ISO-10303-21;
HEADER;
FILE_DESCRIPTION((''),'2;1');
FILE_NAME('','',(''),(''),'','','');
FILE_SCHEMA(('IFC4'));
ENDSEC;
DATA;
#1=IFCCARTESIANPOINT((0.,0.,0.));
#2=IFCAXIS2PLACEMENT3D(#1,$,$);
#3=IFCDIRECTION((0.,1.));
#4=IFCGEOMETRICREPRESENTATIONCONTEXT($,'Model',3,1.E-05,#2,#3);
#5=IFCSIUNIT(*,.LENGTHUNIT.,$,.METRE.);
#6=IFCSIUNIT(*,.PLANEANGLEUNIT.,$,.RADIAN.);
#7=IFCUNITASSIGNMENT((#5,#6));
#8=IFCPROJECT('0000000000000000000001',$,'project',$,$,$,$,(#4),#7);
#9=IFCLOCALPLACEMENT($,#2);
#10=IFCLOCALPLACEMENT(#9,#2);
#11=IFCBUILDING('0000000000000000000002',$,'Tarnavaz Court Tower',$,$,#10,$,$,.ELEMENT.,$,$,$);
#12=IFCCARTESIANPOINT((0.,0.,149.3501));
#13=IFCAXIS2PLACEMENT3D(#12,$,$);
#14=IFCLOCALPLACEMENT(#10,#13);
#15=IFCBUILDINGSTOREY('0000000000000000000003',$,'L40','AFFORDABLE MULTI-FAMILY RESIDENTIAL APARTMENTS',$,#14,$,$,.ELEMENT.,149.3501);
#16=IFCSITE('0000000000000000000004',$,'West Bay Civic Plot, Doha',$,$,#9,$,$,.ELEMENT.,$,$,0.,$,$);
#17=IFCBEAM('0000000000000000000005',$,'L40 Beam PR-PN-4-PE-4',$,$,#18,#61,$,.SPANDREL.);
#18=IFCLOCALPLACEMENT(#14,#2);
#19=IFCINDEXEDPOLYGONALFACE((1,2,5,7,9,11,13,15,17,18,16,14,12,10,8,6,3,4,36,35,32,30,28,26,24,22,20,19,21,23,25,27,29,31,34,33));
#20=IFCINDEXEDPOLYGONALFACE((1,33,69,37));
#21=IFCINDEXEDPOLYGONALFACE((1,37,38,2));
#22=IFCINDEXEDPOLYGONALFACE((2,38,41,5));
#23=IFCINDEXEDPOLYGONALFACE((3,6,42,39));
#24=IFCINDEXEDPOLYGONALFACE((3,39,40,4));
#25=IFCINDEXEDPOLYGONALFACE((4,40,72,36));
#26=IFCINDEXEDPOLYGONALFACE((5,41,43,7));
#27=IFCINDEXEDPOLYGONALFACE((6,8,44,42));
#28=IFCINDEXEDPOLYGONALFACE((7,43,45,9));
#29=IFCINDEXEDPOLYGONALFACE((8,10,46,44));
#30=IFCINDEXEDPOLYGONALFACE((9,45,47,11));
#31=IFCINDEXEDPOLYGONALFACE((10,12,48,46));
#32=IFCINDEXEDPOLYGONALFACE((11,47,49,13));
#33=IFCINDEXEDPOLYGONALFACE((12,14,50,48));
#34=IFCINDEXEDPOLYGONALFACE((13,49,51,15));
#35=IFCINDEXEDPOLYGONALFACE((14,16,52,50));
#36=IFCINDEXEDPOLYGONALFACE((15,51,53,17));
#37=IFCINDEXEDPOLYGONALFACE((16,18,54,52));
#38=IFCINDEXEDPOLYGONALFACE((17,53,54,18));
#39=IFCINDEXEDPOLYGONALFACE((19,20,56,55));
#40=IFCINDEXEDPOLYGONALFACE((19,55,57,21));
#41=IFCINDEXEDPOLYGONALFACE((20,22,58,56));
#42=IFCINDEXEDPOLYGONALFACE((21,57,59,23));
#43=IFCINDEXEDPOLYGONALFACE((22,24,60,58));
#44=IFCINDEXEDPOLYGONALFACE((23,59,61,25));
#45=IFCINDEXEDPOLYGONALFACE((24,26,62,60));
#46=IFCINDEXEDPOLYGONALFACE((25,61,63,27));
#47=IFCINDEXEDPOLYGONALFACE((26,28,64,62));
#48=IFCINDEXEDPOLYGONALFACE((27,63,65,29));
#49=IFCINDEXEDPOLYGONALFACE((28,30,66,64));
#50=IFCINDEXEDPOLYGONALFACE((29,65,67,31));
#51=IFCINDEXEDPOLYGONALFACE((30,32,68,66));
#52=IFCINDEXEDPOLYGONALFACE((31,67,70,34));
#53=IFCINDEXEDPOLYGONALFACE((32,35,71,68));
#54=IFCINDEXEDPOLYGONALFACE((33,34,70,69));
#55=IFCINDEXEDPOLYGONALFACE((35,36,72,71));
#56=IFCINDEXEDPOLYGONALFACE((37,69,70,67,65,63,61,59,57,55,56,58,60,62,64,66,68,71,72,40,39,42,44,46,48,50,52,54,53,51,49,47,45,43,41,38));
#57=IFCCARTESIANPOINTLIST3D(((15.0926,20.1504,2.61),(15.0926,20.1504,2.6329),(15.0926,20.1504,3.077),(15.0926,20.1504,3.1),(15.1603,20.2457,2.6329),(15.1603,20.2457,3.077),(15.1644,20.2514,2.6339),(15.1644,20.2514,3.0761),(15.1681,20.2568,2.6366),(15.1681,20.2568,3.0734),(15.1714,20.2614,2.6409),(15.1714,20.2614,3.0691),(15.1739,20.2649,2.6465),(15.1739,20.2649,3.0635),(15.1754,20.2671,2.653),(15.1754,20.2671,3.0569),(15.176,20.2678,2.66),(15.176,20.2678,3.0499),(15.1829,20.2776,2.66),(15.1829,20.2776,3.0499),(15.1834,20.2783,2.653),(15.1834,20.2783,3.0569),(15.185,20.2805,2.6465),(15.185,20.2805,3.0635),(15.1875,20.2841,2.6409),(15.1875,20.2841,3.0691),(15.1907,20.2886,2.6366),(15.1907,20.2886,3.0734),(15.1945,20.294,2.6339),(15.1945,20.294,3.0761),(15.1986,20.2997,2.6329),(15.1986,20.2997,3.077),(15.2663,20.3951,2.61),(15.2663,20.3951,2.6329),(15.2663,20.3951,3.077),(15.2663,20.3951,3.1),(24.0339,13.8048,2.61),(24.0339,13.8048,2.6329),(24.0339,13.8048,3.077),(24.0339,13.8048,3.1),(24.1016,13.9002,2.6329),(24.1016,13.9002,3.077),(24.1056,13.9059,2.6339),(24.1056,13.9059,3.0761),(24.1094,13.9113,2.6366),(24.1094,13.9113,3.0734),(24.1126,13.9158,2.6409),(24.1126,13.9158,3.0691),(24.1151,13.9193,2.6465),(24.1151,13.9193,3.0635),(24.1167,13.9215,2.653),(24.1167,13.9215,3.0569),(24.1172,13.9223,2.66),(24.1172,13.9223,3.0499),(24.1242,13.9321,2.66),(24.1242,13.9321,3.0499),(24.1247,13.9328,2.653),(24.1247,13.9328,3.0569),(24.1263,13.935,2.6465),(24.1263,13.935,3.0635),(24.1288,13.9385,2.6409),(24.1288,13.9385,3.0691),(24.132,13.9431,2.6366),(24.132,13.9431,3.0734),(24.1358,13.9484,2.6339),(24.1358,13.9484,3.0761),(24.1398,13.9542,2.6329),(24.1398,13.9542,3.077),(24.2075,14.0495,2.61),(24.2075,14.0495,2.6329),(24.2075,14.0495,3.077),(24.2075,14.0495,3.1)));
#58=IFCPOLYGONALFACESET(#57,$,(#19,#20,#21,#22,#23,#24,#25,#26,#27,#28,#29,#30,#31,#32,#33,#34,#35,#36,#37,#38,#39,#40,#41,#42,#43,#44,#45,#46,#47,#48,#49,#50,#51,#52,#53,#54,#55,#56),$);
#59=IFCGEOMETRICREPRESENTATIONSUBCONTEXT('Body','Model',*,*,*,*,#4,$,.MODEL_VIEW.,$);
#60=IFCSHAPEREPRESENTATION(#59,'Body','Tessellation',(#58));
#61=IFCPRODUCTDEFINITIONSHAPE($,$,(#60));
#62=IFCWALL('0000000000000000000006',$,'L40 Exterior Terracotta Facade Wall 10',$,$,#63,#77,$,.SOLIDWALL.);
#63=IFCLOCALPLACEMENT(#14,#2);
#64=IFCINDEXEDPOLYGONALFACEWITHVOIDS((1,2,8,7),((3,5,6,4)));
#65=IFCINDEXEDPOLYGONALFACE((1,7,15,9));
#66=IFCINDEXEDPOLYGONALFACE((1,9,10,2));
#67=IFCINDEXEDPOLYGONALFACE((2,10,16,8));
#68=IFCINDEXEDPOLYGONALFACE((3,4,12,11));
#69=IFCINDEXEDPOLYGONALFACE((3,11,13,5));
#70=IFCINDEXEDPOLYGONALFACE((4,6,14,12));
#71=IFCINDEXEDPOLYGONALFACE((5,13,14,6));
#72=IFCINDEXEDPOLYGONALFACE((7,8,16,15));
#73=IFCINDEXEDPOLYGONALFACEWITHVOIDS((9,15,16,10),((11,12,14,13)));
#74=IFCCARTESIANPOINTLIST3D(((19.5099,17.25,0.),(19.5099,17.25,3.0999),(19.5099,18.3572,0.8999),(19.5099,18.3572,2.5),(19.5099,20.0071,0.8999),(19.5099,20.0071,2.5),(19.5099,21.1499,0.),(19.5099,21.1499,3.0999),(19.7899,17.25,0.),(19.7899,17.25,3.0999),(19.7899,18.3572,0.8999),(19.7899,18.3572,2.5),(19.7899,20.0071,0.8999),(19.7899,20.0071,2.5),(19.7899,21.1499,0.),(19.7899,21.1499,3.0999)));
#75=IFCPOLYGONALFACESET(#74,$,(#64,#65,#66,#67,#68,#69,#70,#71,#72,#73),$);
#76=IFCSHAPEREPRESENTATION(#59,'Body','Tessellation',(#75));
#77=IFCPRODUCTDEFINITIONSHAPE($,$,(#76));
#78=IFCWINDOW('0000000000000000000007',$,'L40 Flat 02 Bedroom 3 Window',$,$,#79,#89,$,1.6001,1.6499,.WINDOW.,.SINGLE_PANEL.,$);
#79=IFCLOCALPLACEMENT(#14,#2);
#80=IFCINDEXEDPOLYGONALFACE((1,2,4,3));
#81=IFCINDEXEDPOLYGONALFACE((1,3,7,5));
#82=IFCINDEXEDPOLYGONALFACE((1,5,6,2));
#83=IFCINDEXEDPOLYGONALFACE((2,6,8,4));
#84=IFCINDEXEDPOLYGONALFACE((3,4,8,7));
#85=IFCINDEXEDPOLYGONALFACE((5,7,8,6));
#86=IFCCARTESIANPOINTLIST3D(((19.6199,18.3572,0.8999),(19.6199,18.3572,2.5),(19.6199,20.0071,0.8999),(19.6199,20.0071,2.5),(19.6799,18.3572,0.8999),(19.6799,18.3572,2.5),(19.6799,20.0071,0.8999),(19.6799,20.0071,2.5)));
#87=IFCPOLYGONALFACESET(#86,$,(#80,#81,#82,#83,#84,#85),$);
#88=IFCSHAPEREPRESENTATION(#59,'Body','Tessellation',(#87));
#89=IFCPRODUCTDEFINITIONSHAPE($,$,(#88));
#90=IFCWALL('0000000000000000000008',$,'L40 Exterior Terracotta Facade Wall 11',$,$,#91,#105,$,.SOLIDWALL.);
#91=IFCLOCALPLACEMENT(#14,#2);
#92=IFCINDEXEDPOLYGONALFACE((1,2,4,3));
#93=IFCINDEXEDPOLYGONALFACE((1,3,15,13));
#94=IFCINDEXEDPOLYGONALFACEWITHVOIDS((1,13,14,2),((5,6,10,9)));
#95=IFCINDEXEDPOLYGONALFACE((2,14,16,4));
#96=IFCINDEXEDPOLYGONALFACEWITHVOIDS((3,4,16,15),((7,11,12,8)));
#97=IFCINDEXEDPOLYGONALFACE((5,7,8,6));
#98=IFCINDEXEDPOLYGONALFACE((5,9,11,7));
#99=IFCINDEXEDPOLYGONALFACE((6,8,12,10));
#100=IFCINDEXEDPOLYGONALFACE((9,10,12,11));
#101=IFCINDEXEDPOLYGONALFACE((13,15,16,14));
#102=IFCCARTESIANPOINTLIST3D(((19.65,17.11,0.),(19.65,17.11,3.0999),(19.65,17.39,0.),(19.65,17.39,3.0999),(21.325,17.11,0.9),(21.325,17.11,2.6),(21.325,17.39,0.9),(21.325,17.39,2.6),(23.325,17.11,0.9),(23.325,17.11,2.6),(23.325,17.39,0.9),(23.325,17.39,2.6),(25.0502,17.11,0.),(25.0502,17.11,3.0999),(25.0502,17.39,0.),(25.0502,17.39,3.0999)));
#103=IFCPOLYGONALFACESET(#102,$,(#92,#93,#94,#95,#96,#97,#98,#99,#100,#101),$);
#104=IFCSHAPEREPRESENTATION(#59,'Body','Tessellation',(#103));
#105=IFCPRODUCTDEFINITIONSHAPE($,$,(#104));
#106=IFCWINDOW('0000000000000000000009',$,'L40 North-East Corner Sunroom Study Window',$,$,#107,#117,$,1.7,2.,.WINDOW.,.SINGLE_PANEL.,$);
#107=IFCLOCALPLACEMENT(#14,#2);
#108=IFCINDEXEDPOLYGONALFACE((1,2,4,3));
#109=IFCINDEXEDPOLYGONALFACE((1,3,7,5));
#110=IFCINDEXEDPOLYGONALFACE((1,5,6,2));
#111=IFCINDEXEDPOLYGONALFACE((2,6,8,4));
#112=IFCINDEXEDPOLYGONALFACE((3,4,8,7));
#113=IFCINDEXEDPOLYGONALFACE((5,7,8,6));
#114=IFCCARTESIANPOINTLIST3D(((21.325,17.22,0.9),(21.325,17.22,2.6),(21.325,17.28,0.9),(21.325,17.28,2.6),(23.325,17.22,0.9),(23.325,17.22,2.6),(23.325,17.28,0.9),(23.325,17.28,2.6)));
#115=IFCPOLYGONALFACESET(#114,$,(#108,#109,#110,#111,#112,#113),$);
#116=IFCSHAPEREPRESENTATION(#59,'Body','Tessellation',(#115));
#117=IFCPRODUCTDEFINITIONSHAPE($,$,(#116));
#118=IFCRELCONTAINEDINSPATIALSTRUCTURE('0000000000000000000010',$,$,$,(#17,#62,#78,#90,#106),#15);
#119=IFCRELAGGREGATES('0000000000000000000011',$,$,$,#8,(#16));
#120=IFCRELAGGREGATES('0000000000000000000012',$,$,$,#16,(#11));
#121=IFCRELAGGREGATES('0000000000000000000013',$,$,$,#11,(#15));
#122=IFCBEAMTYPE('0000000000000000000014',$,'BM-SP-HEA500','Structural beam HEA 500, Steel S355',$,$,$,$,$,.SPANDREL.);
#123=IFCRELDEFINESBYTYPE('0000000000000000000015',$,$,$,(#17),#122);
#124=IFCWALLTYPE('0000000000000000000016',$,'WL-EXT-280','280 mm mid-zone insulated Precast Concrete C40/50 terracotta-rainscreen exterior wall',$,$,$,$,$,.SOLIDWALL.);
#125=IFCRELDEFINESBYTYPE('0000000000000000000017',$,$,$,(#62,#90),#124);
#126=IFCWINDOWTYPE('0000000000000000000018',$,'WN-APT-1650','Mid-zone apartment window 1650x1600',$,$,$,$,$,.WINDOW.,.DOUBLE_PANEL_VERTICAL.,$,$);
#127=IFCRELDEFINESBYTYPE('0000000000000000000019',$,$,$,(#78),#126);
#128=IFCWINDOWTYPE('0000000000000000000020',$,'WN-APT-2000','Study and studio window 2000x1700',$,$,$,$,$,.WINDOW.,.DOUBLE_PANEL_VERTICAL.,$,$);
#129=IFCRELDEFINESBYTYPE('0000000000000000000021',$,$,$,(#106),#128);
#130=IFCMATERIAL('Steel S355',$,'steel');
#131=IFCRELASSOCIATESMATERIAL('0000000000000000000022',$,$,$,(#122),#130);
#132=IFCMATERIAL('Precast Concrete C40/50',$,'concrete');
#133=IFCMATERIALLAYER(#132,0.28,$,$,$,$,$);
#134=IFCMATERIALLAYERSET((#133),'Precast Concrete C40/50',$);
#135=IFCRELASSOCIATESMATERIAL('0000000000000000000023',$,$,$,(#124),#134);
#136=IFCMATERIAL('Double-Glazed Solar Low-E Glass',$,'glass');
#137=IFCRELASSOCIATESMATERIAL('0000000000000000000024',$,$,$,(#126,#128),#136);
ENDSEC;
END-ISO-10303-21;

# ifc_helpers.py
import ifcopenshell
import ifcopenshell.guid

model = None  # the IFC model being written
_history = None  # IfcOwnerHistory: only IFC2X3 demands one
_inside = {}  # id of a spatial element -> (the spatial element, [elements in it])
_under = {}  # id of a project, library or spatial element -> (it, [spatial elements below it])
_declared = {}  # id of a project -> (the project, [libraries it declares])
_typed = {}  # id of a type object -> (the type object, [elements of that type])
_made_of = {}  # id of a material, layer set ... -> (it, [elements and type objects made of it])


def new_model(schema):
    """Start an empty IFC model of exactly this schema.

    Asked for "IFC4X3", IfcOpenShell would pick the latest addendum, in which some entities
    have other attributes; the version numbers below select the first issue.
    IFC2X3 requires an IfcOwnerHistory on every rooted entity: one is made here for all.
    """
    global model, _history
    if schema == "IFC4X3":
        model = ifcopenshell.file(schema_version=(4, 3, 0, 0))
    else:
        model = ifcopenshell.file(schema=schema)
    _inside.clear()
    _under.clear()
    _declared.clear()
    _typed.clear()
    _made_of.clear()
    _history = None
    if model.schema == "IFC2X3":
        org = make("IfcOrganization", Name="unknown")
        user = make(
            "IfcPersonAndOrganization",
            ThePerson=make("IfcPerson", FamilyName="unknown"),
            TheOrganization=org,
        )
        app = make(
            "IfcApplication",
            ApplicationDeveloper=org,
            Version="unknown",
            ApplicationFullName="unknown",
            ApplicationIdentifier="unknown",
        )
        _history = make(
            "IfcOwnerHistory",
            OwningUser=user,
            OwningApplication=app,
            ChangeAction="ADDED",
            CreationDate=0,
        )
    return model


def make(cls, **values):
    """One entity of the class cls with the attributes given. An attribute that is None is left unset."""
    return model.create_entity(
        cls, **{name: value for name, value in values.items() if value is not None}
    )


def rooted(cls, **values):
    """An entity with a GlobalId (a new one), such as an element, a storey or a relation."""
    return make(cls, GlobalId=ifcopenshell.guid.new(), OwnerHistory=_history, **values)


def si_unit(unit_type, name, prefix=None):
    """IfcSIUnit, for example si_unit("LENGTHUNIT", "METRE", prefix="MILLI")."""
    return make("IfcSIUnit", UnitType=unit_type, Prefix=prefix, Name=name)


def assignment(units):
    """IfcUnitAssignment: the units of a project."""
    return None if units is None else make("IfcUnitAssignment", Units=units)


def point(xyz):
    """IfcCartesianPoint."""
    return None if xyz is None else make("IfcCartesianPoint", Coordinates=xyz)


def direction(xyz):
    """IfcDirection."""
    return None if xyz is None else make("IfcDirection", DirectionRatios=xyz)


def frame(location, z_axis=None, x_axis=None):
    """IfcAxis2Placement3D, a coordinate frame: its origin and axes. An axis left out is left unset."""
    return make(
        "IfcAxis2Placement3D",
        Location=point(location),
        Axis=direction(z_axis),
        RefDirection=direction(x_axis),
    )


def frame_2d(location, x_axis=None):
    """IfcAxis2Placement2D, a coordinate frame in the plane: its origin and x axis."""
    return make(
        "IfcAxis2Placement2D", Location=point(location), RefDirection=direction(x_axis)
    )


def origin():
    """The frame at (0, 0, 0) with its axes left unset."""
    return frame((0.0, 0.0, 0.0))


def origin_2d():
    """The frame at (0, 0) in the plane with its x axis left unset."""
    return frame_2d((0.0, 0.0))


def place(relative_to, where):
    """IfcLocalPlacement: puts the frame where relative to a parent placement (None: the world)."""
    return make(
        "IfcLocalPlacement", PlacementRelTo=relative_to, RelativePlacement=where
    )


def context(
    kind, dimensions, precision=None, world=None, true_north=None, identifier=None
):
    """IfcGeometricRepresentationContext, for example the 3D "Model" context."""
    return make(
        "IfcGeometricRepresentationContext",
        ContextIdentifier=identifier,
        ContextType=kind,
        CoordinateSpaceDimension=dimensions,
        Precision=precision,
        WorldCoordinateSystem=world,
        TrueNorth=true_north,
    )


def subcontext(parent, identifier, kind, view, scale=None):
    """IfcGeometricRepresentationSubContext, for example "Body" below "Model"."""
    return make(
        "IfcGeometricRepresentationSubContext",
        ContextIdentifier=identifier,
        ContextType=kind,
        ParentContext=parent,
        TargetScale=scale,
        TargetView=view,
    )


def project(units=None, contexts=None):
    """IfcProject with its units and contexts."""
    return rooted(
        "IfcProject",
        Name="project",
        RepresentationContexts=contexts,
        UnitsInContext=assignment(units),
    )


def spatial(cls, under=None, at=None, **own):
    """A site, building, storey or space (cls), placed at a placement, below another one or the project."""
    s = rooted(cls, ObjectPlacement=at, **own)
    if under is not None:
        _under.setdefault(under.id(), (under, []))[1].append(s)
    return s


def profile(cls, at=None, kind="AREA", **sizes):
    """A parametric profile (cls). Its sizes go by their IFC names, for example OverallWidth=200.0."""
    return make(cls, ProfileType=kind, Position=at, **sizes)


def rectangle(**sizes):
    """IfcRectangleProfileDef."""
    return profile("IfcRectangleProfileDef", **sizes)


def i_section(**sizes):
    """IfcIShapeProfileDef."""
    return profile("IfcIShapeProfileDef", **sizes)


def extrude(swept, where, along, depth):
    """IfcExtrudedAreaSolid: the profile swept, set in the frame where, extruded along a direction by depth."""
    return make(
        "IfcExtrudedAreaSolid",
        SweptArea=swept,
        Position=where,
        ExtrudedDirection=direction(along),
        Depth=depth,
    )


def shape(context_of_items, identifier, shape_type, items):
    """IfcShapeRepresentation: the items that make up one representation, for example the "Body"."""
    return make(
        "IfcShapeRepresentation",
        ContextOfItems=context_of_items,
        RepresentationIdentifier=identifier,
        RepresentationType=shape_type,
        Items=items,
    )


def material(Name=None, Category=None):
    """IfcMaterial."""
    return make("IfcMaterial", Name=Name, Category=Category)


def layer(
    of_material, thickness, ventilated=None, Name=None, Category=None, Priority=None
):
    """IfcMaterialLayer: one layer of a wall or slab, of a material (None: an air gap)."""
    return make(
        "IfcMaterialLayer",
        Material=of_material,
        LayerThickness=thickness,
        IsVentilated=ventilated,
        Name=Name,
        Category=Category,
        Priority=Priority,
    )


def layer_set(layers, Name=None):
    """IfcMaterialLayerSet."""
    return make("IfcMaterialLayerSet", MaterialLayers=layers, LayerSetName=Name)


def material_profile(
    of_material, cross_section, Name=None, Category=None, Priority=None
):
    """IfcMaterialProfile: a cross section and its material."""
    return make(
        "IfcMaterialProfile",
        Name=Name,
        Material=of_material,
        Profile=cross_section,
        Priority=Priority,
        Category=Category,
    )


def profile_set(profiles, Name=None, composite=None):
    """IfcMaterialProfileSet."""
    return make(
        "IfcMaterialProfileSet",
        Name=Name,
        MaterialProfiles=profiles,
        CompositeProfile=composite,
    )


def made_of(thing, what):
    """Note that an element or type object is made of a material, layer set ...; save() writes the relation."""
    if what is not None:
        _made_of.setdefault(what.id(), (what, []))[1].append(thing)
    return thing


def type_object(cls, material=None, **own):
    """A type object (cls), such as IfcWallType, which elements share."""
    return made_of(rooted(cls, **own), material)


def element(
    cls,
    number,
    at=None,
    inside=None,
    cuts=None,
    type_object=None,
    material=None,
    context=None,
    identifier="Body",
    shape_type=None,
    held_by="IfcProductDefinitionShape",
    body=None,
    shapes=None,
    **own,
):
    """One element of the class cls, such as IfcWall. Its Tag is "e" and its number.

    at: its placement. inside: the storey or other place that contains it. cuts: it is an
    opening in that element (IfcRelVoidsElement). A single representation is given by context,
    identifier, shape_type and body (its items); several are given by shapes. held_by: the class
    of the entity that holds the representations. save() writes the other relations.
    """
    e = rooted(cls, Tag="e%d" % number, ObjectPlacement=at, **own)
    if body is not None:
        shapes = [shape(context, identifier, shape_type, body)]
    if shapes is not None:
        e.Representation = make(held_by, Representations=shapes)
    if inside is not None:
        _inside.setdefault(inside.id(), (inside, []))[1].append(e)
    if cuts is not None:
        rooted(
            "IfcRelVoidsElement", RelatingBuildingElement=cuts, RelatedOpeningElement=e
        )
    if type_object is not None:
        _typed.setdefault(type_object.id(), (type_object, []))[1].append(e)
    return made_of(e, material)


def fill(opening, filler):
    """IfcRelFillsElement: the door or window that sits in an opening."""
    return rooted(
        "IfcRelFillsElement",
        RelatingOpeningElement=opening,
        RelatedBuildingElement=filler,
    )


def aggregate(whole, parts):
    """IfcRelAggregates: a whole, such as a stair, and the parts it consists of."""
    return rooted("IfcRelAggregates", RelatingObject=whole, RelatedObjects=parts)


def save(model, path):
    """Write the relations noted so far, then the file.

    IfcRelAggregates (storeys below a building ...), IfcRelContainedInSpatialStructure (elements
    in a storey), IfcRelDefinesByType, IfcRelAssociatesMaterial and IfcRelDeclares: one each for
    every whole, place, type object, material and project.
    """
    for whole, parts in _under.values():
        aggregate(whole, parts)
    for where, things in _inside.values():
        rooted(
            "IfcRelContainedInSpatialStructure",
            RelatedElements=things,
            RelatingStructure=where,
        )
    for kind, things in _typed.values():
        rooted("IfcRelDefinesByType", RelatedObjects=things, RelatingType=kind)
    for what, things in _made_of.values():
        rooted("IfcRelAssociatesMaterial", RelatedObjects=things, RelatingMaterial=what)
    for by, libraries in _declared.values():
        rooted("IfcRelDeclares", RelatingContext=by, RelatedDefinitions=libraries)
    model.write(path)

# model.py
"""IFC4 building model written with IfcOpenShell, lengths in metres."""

from ifc_helpers import new_model, si_unit, direction, frame, frame_2d, origin, origin_2d, place, context, subcontext, project, spatial, rectangle, i_section, extrude, material, layer, layer_set, material_profile, profile_set, type_object, element, fill, save


model = new_model("IFC4")

# Units and contexts
model_context = context("Model", 3, precision=1e-05, world=origin(), true_north=direction((0.0, 1.0)))
body_context = subcontext(model_context, "Body", "Model", "MODEL_VIEW")
ifc_project = project(units=[si_unit("LENGTHUNIT", "METRE"), si_unit("PLANEANGLEUNIT", "RADIAN")], contexts=[model_context])

# Site, building, storey
site_placement = place(None, origin())
site = spatial("IfcSite", under=ifc_project, at=site_placement, Name="West Bay Civic Plot, Doha", CompositionType="ELEMENT", RefElevation=0.0)
building_placement = place(site_placement, origin())
building = spatial("IfcBuilding", under=site, at=building_placement, Name="Tarnavaz Court Tower", CompositionType="ELEMENT")
storey_placement = place(building_placement, frame((0.0, 0.0, 149.3501)))
storey = spatial("IfcBuildingStorey", under=building, at=storey_placement, Name="L40", Description="AFFORDABLE MULTI-FAMILY RESIDENTIAL APARTMENTS", CompositionType="ELEMENT", Elevation=149.3501)

# Beam
ifc_material_1 = material(Name="Steel S355", Category="steel")
ifc_material_profile_1 = material_profile(ifc_material_1, i_section(OverallWidth=0.3, OverallDepth=0.49, WebThickness=0.012, FlangeThickness=0.0229, FilletRadius=0.0271, at=origin_2d()), Name="HEA 500")
ifc_profile_set_1 = profile_set([ifc_material_profile_1], Name="Steel S355")
beam_type_1 = type_object("IfcBeamType", Name="BM-SP-HEA500", Description="Structural beam HEA 500, Steel S355", PredefinedType="SPANDREL", material=ifc_profile_set_1)
beam_1_placement = place(storey_placement, frame((15.1794, 20.2727, 2.855), z_axis=(0.815502, -0.578754, 0.0), x_axis=(0.578754, 0.815502, 0.0)))
element("IfcBeam", 1, at=beam_1_placement, inside=storey, type_object=beam_type_1, Name="L40 Beam PR-PN-4-PE-4", PredefinedType="SPANDREL", context=body_context, shape_type="SweptSolid", body=[
    extrude(i_section(OverallWidth=0.3, OverallDepth=0.49, WebThickness=0.012, FlangeThickness=0.0229, FilletRadius=0.0271, at=origin_2d()), origin(), (0.0, 0.0, 1.0), 10.9641),
])

# Walls, openings, windows
ifc_material_2 = material(Name="Precast Concrete C40/50", Category="concrete")
ifc_layer_1 = layer(ifc_material_2, 0.28)
ifc_layer_set_1 = layer_set([ifc_layer_1], Name="Precast Concrete C40/50")
wall_type_1 = type_object("IfcWallType", Name="WL-EXT-280", Description="280 mm mid-zone insulated Precast Concrete C40/50 terracotta-rainscreen exterior wall", PredefinedType="SOLIDWALL", material=ifc_layer_set_1)
wall_1_placement = place(storey_placement, frame((19.6499, 21.1499, 0.0), z_axis=(0.0, 0.0, 1.0), x_axis=(0.0, -1.0, 0.0)))
wall_1 = element("IfcWall", 2, at=wall_1_placement, inside=storey, type_object=wall_type_1, Name="L40 Exterior Terracotta Facade Wall 10", PredefinedType="SOLIDWALL", context=body_context, shape_type="SweptSolid", body=[
    extrude(rectangle(XDim=3.8999, YDim=0.28, at=frame_2d((1.95, 0.0))), origin(), (0.0, 0.0, 1.0), 3.0999),
])
opening_1_placement = place(wall_1_placement, frame((1.1428, 0.0, 0.8999)))
opening_1 = element("IfcOpeningElement", 3, at=opening_1_placement, cuts=wall_1, PredefinedType="OPENING", context=body_context, shape_type="SweptSolid", body=[
    extrude(rectangle(XDim=1.6499, YDim=1.6001, at=frame_2d((0.825, 0.8))), frame((0.0, 0.1499, 0.0), z_axis=(0.0, -1.0, 0.0), x_axis=(1.0, 0.0, 0.0)), (0.0, 0.0, 1.0), 0.3),
])
ifc_material_3 = material(Name="Double-Glazed Solar Low-E Glass", Category="glass")
window_type_1 = type_object("IfcWindowType", Name="WN-APT-1650", Description="Mid-zone apartment window 1650x1600", PartitioningType="DOUBLE_PANEL_VERTICAL", PredefinedType="WINDOW", material=ifc_material_3)
window_1_placement = place(opening_1_placement, origin())
window_1 = element("IfcWindow", 4, at=window_1_placement, inside=storey, type_object=window_type_1, Name="L40 Flat 02 Bedroom 3 Window", OverallHeight=1.6001, OverallWidth=1.6499, PartitioningType="SINGLE_PANEL", PredefinedType="WINDOW", context=body_context, shape_type="SweptSolid", body=[
    extrude(rectangle(XDim=1.6499, YDim=1.6001, at=frame_2d((0.825, 0.8))), frame((0.0, 0.03, 0.0), z_axis=(0.0, -1.0, 0.0), x_axis=(1.0, 0.0, 0.0)), (0.0, 0.0, 1.0), 0.0601),
])
fill(opening_1, window_1)
wall_2_placement = place(storey_placement, frame((19.6499, 17.25, 0.0), z_axis=(0.0, 0.0, 1.0), x_axis=(1.0, 0.0, 0.0)))
wall_2 = element("IfcWall", 5, at=wall_2_placement, inside=storey, type_object=wall_type_1, Name="L40 Exterior Terracotta Facade Wall 11", PredefinedType="SOLIDWALL", context=body_context, shape_type="SweptSolid", body=[
    extrude(rectangle(XDim=5.4001, YDim=0.28, at=frame_2d((2.7002, 0.0))), origin(), (0.0, 0.0, 1.0), 3.0999),
])
opening_2_placement = place(wall_2_placement, frame((1.675, 0.0, 0.8999)))
opening_2 = element("IfcOpeningElement", 6, at=opening_2_placement, cuts=wall_2, PredefinedType="OPENING", context=body_context, shape_type="SweptSolid", body=[
    extrude(rectangle(XDim=2.0, YDim=1.7, at=frame_2d((1.0, 0.8501))), frame((0.0, 0.1499, 0.0), z_axis=(0.0, -1.0, 0.0), x_axis=(1.0, 0.0, 0.0)), (0.0, 0.0, 1.0), 0.3),
])
window_type_2 = type_object("IfcWindowType", Name="WN-APT-2000", Description="Study and studio window 2000x1700", PartitioningType="DOUBLE_PANEL_VERTICAL", PredefinedType="WINDOW", material=ifc_material_3)
window_2_placement = place(opening_2_placement, origin())
window_2 = element("IfcWindow", 7, at=window_2_placement, inside=storey, type_object=window_type_2, Name="L40 North-East Corner Sunroom Study Window", OverallHeight=1.7, OverallWidth=2.0, PartitioningType="SINGLE_PANEL", PredefinedType="WINDOW", context=body_context, shape_type="SweptSolid", body=[
    extrude(rectangle(XDim=2.0, YDim=1.7, at=frame_2d((1.0, 0.8501))), frame((0.0, 0.03, 0.0), z_axis=(0.0, -1.0, 0.0), x_axis=(1.0, 0.0, 0.0)), (0.0, 0.0, 1.0), 0.0601),
])
fill(opening_2, window_2)

save(model, "model.ifc")
